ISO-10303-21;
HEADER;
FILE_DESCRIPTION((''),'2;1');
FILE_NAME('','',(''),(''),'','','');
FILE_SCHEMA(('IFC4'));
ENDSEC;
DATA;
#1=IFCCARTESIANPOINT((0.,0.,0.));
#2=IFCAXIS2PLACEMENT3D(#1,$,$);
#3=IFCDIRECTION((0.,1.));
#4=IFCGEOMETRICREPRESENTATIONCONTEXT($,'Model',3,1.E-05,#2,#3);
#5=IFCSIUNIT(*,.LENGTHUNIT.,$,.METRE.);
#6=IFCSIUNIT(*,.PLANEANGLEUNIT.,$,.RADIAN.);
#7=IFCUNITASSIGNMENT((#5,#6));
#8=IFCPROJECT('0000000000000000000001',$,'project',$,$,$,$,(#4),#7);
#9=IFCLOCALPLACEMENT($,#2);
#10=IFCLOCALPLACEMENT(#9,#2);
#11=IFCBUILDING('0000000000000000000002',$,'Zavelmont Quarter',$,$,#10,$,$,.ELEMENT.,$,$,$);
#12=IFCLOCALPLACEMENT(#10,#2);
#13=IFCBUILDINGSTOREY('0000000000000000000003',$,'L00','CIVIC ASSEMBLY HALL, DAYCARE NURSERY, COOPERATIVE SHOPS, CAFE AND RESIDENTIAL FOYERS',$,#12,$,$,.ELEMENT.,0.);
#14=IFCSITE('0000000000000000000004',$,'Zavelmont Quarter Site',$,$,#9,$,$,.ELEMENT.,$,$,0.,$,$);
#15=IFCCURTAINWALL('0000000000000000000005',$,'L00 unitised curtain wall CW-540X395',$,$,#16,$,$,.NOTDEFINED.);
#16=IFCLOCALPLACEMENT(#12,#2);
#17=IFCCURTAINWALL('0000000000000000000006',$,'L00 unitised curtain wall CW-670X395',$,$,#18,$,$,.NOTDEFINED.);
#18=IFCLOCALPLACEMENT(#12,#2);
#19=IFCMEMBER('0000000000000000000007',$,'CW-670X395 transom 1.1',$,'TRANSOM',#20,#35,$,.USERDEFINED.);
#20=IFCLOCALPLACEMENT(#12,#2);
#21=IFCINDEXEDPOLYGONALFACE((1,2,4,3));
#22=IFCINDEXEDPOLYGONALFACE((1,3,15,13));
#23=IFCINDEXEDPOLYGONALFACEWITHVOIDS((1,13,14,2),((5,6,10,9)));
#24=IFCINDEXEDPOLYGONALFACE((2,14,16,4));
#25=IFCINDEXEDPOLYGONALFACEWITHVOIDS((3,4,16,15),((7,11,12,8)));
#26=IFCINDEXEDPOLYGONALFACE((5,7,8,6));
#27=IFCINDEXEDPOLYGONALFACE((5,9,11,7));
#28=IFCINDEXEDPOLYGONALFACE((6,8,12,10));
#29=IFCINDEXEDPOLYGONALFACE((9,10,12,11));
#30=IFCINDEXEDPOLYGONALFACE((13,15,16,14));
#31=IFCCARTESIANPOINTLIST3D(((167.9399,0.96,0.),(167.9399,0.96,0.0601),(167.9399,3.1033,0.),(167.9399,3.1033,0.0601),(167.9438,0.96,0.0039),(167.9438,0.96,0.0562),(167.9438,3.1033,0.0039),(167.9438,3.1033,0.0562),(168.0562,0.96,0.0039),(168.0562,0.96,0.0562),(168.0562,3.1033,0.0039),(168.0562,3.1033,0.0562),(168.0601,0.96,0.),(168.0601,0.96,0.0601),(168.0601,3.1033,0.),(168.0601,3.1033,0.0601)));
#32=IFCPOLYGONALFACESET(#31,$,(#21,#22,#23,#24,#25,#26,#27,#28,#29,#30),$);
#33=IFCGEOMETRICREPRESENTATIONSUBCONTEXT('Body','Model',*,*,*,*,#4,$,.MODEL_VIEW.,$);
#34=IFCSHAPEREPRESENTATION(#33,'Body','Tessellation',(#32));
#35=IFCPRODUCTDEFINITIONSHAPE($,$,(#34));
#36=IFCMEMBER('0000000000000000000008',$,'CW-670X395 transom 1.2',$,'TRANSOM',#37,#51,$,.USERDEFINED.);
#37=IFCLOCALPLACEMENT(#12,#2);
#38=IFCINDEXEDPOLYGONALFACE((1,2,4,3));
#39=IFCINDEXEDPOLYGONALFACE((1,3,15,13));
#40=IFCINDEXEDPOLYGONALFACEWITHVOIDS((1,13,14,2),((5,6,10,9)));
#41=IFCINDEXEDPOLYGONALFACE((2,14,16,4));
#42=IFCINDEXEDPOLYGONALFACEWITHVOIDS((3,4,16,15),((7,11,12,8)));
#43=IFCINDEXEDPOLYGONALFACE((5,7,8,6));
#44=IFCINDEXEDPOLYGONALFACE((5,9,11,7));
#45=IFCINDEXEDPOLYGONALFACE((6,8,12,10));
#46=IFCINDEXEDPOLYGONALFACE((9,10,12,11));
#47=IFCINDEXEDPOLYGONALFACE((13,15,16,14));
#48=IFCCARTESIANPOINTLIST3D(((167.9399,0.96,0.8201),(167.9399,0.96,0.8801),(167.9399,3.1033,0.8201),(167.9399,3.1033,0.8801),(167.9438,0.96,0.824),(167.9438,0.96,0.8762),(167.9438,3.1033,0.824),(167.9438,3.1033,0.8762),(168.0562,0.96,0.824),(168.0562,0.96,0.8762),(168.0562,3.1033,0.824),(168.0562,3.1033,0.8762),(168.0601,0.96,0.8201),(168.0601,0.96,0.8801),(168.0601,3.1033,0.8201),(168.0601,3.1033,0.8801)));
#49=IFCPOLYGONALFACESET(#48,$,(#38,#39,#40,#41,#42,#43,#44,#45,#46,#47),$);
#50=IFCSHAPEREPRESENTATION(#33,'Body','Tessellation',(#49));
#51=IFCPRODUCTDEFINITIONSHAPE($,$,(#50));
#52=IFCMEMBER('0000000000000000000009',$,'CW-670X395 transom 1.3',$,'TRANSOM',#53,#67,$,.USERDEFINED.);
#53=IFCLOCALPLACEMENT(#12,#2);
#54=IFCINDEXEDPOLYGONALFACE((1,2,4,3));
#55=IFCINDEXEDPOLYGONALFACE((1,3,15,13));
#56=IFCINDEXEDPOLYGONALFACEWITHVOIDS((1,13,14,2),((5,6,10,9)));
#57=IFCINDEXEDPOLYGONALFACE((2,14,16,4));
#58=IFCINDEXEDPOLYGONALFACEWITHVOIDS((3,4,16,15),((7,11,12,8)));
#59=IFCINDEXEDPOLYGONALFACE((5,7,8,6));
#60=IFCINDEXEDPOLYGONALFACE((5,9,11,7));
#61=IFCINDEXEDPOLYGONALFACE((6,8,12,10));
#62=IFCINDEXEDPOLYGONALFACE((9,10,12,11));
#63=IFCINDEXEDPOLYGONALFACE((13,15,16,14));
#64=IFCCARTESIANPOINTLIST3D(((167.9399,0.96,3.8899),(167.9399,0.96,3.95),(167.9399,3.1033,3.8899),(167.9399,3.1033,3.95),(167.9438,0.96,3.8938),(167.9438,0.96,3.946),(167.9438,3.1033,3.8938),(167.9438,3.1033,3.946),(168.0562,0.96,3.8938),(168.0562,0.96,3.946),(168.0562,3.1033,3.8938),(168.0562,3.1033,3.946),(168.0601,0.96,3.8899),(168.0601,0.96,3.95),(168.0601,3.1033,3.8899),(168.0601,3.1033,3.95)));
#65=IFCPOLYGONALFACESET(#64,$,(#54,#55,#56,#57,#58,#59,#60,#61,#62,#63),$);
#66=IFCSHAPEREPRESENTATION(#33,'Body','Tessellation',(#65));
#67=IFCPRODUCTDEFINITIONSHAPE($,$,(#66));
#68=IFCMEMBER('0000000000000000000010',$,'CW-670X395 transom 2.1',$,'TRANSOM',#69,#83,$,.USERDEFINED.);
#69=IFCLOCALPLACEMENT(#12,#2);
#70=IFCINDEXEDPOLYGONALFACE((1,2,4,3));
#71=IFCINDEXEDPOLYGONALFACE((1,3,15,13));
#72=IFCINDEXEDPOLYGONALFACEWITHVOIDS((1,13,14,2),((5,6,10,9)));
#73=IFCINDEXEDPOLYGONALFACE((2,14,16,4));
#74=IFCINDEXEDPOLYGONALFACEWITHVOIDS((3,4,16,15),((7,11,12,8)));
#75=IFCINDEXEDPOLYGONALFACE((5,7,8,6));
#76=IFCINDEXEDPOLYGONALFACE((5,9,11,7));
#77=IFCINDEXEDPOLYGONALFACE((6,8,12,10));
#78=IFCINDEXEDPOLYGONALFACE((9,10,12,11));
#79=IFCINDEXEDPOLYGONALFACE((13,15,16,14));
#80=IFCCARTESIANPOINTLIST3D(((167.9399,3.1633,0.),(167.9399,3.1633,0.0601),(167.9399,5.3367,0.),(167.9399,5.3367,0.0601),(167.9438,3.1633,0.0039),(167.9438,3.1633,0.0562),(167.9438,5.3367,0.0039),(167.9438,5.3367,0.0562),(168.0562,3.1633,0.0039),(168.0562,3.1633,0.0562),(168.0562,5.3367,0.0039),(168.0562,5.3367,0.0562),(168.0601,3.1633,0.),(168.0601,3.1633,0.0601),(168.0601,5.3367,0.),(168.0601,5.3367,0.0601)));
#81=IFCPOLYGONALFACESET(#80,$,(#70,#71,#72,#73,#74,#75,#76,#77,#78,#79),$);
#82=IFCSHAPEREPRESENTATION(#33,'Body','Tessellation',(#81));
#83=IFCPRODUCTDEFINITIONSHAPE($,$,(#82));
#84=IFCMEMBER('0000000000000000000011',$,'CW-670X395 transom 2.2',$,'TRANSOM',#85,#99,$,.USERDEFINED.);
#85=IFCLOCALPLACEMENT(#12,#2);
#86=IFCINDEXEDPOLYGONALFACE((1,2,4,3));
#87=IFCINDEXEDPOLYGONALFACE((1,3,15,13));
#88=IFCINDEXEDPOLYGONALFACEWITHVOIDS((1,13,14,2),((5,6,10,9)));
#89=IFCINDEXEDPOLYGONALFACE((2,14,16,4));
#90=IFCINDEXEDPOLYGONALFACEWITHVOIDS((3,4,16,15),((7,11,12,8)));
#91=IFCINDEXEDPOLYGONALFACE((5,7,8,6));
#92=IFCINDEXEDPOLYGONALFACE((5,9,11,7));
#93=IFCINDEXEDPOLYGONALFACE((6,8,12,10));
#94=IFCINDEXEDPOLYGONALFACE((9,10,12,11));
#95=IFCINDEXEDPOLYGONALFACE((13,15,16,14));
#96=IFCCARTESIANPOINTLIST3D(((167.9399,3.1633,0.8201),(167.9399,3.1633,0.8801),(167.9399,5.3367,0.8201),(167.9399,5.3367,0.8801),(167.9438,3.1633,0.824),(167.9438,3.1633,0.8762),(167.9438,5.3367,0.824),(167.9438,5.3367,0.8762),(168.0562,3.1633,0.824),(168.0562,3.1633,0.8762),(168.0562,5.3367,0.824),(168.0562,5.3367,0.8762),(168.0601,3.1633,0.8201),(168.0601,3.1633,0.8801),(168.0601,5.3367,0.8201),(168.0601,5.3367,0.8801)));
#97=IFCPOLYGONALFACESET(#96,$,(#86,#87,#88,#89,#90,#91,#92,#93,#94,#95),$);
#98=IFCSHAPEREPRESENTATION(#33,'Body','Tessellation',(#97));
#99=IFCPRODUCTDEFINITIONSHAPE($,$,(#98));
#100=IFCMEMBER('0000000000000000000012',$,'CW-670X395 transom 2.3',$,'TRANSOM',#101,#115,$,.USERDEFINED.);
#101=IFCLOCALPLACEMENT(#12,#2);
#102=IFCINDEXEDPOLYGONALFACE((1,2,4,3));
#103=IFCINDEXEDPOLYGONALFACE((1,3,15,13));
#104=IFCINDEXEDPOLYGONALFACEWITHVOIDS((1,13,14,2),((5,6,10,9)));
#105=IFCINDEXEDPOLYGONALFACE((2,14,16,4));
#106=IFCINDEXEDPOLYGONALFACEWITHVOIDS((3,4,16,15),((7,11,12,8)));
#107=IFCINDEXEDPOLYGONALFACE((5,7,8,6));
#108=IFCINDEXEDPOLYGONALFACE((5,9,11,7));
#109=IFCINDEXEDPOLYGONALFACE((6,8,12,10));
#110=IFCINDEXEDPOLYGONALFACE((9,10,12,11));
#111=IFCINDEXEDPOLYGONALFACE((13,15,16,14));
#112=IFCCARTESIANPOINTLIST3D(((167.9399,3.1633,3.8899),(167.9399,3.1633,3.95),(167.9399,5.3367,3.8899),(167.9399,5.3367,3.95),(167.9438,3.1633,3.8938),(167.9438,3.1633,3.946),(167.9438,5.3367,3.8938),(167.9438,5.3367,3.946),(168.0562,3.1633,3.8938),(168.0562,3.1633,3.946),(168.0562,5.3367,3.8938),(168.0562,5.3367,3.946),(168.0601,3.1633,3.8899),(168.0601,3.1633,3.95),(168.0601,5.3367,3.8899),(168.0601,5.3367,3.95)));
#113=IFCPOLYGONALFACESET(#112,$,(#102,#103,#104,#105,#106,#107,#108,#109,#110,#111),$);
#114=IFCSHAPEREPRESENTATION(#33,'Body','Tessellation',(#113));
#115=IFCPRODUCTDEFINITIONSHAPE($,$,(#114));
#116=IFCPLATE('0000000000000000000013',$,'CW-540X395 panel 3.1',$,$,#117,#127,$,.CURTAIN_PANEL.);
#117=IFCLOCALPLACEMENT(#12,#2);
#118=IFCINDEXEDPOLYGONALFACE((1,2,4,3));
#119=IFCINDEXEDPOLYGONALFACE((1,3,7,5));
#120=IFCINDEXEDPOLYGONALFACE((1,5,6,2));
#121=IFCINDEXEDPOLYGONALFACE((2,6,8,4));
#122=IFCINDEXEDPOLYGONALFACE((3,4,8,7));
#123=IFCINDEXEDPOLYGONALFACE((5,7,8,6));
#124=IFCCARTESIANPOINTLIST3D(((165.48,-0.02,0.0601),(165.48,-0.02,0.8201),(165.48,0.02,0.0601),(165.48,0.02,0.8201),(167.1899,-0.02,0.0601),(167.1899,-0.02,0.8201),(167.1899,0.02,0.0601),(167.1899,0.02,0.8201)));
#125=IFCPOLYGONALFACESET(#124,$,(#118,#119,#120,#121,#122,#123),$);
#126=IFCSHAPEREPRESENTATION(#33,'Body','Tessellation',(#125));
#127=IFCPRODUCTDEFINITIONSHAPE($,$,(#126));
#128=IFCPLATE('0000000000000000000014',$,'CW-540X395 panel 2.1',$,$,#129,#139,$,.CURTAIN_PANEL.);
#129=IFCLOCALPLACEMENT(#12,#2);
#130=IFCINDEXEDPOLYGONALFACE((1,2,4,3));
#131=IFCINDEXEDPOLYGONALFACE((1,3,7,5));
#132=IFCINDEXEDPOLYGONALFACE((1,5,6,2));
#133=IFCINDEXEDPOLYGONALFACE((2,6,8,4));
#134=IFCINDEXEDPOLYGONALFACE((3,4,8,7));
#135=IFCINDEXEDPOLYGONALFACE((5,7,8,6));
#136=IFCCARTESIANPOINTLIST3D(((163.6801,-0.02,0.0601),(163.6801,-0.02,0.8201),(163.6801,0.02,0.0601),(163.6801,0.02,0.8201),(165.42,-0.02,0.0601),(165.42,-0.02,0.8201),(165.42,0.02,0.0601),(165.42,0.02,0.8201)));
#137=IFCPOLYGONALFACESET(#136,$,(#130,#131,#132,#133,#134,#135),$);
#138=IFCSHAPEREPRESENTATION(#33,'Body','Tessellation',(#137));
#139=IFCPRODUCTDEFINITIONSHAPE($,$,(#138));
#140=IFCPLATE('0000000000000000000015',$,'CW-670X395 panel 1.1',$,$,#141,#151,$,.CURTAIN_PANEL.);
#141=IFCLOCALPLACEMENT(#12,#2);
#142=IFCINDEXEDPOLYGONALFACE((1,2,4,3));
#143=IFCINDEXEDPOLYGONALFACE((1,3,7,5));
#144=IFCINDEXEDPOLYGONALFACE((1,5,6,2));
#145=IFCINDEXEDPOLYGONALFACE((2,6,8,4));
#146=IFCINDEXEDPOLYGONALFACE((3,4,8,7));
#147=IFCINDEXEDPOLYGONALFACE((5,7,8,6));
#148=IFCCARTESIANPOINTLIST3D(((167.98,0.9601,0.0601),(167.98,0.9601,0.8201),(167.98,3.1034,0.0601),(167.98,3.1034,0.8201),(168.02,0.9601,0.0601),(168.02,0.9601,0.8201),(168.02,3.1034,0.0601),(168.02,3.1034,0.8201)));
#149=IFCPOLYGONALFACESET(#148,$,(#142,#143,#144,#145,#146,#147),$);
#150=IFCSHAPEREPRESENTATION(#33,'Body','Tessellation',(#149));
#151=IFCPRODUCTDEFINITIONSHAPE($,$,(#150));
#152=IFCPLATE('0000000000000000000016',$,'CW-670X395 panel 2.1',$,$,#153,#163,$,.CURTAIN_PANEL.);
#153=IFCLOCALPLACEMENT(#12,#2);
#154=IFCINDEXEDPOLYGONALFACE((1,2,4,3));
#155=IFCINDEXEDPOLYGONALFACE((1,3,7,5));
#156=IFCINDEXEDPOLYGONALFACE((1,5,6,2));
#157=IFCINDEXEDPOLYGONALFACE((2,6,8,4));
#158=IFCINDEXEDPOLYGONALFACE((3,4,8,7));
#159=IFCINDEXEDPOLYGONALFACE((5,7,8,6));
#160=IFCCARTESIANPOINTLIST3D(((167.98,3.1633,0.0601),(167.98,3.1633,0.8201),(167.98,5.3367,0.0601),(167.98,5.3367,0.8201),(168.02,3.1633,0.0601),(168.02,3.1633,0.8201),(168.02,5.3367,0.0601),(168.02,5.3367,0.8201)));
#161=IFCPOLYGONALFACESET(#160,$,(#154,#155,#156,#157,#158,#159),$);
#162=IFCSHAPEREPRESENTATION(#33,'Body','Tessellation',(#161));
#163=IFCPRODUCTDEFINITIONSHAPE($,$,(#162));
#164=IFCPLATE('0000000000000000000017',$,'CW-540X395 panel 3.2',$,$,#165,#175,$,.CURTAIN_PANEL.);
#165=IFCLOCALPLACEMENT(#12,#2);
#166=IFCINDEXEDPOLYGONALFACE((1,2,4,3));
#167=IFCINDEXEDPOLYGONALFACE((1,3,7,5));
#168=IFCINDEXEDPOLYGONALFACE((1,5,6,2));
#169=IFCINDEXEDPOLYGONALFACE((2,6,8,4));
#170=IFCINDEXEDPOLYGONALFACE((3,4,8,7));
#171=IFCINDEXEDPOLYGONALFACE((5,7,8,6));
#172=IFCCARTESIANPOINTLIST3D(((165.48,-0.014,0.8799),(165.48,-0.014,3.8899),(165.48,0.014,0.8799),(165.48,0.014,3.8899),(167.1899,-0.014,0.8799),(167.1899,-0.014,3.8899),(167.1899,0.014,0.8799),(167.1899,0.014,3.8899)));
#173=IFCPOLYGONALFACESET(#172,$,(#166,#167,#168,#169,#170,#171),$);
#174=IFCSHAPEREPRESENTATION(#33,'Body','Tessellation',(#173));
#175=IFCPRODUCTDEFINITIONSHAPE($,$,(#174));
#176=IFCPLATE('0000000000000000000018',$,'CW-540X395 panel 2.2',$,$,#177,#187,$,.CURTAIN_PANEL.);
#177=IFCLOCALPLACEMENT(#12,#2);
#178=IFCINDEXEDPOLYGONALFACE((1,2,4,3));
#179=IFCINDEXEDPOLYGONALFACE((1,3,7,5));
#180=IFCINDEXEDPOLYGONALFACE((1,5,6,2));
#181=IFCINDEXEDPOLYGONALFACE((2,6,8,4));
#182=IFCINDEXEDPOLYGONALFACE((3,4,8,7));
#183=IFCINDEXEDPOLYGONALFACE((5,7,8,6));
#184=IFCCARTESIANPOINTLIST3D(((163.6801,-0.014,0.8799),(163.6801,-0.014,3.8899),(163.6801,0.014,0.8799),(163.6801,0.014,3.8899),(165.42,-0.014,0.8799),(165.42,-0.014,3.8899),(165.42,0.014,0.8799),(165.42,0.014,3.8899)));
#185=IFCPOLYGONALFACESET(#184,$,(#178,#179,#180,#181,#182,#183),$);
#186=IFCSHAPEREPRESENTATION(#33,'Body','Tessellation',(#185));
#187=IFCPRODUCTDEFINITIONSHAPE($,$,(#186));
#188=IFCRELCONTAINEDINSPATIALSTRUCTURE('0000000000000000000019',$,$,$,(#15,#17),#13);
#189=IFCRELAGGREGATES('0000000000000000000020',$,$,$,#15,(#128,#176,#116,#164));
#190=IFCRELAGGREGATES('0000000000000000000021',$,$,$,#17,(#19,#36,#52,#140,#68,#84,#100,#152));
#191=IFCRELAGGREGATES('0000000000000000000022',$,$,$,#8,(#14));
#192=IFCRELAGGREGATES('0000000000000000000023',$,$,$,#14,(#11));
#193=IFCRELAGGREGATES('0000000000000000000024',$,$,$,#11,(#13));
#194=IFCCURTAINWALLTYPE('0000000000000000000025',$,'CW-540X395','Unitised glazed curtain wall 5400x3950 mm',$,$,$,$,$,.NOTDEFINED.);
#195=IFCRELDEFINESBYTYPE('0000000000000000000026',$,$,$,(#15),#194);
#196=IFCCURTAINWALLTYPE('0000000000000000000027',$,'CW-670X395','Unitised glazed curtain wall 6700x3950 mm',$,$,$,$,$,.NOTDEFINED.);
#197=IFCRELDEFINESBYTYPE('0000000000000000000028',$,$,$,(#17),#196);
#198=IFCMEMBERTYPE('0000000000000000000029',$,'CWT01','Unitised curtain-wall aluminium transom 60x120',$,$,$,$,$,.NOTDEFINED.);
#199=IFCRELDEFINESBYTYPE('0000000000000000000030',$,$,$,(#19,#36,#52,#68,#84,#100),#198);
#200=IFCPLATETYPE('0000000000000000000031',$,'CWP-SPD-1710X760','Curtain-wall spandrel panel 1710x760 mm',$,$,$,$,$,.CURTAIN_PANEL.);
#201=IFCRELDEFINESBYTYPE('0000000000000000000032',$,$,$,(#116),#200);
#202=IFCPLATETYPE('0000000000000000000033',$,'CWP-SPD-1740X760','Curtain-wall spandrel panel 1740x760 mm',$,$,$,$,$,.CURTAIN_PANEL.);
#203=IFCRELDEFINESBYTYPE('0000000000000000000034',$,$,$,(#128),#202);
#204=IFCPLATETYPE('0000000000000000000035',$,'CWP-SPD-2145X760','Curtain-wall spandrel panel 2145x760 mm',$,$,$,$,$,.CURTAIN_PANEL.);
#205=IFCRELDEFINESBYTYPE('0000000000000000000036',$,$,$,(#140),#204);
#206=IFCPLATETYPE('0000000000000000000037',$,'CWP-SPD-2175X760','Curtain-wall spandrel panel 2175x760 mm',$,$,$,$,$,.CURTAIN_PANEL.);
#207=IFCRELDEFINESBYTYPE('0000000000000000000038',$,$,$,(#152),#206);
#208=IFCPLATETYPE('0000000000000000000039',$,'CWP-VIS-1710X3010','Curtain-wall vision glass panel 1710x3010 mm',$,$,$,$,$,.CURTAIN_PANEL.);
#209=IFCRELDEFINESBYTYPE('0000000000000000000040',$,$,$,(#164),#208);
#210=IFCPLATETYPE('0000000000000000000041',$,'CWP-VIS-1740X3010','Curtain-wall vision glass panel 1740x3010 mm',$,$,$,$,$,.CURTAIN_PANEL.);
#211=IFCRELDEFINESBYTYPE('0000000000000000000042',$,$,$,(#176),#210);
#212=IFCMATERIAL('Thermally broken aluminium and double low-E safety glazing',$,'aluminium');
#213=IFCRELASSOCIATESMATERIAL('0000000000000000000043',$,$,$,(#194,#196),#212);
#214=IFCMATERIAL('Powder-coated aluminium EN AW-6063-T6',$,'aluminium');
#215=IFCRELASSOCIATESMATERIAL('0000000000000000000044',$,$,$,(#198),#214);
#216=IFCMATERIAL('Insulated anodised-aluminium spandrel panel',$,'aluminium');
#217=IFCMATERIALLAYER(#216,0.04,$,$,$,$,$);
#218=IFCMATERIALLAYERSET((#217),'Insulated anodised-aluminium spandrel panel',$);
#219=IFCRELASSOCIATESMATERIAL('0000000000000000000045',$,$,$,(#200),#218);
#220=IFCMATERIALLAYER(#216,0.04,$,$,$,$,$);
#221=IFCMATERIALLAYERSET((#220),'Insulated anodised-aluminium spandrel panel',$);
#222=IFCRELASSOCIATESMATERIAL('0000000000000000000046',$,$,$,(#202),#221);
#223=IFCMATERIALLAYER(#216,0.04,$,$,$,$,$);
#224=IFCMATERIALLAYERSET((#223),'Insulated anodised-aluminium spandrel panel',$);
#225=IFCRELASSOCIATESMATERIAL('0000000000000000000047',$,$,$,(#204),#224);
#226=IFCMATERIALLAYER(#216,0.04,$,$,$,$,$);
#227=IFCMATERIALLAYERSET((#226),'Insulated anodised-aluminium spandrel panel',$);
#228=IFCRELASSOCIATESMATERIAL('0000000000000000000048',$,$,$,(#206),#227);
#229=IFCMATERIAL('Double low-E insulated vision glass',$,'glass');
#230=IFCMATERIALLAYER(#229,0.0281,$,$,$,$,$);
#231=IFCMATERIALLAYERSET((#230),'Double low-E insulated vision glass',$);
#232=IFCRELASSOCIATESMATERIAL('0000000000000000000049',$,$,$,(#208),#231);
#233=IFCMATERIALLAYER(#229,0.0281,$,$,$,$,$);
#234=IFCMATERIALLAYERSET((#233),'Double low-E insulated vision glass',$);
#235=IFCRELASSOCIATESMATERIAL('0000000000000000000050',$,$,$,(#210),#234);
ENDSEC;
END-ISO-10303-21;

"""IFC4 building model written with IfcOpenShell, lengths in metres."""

from ifc_helpers import new_model, si_unit, direction, frame, origin, origin_2d, place, context, subcontext, project, spatial, rectangle, hollow_rectangle, extrude, material, layer, layer_set, material_profile, profile_set, type_object, element, aggregate, save


model = new_model("IFC4")

# Units and contexts
model_context = context("Model", 3, precision=1e-05, world=origin(), true_north=direction((0.0, 1.0)))
body_context = subcontext(model_context, "Body", "Model", "MODEL_VIEW")
ifc_project = project(units=[si_unit("LENGTHUNIT", "METRE"), si_unit("PLANEANGLEUNIT", "RADIAN")], contexts=[model_context])

# Site, building, storey
site_placement = place(None, origin())
site = spatial("IfcSite", under=ifc_project, at=site_placement, Name="Zavelmont Quarter Site", CompositionType="ELEMENT", RefElevation=0.0)
building_placement = place(site_placement, origin())
building = spatial("IfcBuilding", under=site, at=building_placement, Name="Zavelmont Quarter", CompositionType="ELEMENT")
storey_placement = place(building_placement, origin())
storey = spatial("IfcBuildingStorey", under=building, at=storey_placement, Name="L00", Description="CIVIC ASSEMBLY HALL, DAYCARE NURSERY, COOPERATIVE SHOPS, CAFE AND RESIDENTIAL FOYERS", CompositionType="ELEMENT", Elevation=0.0)

# Curtain walls
ifc_material_1 = material(Name="Thermally broken aluminium and double low-E safety glazing", Category="aluminium")
curtain_wall_type_1 = type_object("IfcCurtainWallType", Name="CW-540X395", Description="Unitised glazed curtain wall 5400x3950 mm", PredefinedType="NOTDEFINED", material=ifc_material_1)
curtain_wall_1_placement = place(storey_placement, origin())
curtain_wall_1 = element("IfcCurtainWall", 1, at=curtain_wall_1_placement, inside=storey, type_object=curtain_wall_type_1, Name="L00 unitised curtain wall CW-540X395", PredefinedType="NOTDEFINED")
ifc_material_2 = material(Name="Powder-coated aluminium EN AW-6063-T6", Category="aluminium")
curtain_wall_type_2 = type_object("IfcCurtainWallType", Name="CW-670X395", Description="Unitised glazed curtain wall 6700x3950 mm", PredefinedType="NOTDEFINED", material=ifc_material_1)
curtain_wall_2_placement = place(storey_placement, origin())
curtain_wall_2 = element("IfcCurtainWall", 2, at=curtain_wall_2_placement, inside=storey, type_object=curtain_wall_type_2, Name="L00 unitised curtain wall CW-670X395", PredefinedType="NOTDEFINED")

# Members
ifc_material_profile_1 = material_profile(ifc_material_2, hollow_rectangle(XDim=0.1201, YDim=0.0601, WallThickness=0.0039, at=origin_2d()), Name="CWT60X120")
ifc_profile_set_1 = profile_set([ifc_material_profile_1], Name="Powder-coated aluminium EN AW-6063-T6")
member_type_1 = type_object("IfcMemberType", Name="CWT01", Description="Unitised curtain-wall aluminium transom 60x120", PredefinedType="NOTDEFINED", material=ifc_profile_set_1)
member_1_placement = place(storey_placement, frame((168.0, 0.96, 0.03), z_axis=(0.0, 1.0, 0.0), x_axis=(-1.0, 0.0, 0.0)))
member_1 = element("IfcMember", 3, at=member_1_placement, type_object=member_type_1, Name="CW-670X395 transom 1.1", ObjectType="TRANSOM", PredefinedType="USERDEFINED", context=body_context, shape_type="SweptSolid", body=[
    extrude(hollow_rectangle(XDim=0.1201, YDim=0.0601, WallThickness=0.0039, at=origin_2d()), origin(), (0.0, 0.0, 1.0), 2.1433),
])
member_2_placement = place(storey_placement, frame((168.0, 0.96, 0.8501), z_axis=(0.0, 1.0, 0.0), x_axis=(-1.0, 0.0, 0.0)))
member_2 = element("IfcMember", 4, at=member_2_placement, type_object=member_type_1, Name="CW-670X395 transom 1.2", ObjectType="TRANSOM", PredefinedType="USERDEFINED", context=body_context, shape_type="SweptSolid", body=[
    extrude(hollow_rectangle(XDim=0.1201, YDim=0.0601, WallThickness=0.0039, at=origin_2d()), origin(), (0.0, 0.0, 1.0), 2.1433),
])
member_3_placement = place(storey_placement, frame((168.0, 0.96, 3.9199), z_axis=(0.0, 1.0, 0.0), x_axis=(-1.0, 0.0, 0.0)))
member_3 = element("IfcMember", 5, at=member_3_placement, type_object=member_type_1, Name="CW-670X395 transom 1.3", ObjectType="TRANSOM", PredefinedType="USERDEFINED", context=body_context, shape_type="SweptSolid", body=[
    extrude(hollow_rectangle(XDim=0.1201, YDim=0.0601, WallThickness=0.0039, at=origin_2d()), origin(), (0.0, 0.0, 1.0), 2.1433),
])
member_4_placement = place(storey_placement, frame((168.0, 3.1633, 0.03), z_axis=(0.0, 1.0, 0.0), x_axis=(-1.0, 0.0, 0.0)))
member_4 = element("IfcMember", 6, at=member_4_placement, type_object=member_type_1, Name="CW-670X395 transom 2.1", ObjectType="TRANSOM", PredefinedType="USERDEFINED", context=body_context, shape_type="SweptSolid", body=[
    extrude(hollow_rectangle(XDim=0.1201, YDim=0.0601, WallThickness=0.0039, at=origin_2d()), origin(), (0.0, 0.0, 1.0), 2.1733),
])
member_5_placement = place(storey_placement, frame((168.0, 3.1633, 0.8501), z_axis=(0.0, 1.0, 0.0), x_axis=(-1.0, 0.0, 0.0)))
member_5 = element("IfcMember", 7, at=member_5_placement, type_object=member_type_1, Name="CW-670X395 transom 2.2", ObjectType="TRANSOM", PredefinedType="USERDEFINED", context=body_context, shape_type="SweptSolid", body=[
    extrude(hollow_rectangle(XDim=0.1201, YDim=0.0601, WallThickness=0.0039, at=origin_2d()), origin(), (0.0, 0.0, 1.0), 2.1733),
])
member_6_placement = place(storey_placement, frame((168.0, 3.1633, 3.9199), z_axis=(0.0, 1.0, 0.0), x_axis=(-1.0, 0.0, 0.0)))
member_6 = element("IfcMember", 8, at=member_6_placement, type_object=member_type_1, Name="CW-670X395 transom 2.3", ObjectType="TRANSOM", PredefinedType="USERDEFINED", context=body_context, shape_type="SweptSolid", body=[
    extrude(hollow_rectangle(XDim=0.1201, YDim=0.0601, WallThickness=0.0039, at=origin_2d()), origin(), (0.0, 0.0, 1.0), 2.1733),
])

# Plates
ifc_material_3 = material(Name="Insulated anodised-aluminium spandrel panel", Category="aluminium")
ifc_layer_1 = layer(ifc_material_3, 0.04)
ifc_layer_set_1 = layer_set([ifc_layer_1], Name="Insulated anodised-aluminium spandrel panel")
plate_type_1 = type_object("IfcPlateType", Name="CWP-SPD-1710X760", Description="Curtain-wall spandrel panel 1710x760 mm", PredefinedType="CURTAIN_PANEL", material=ifc_layer_set_1)
plate_1_placement = place(storey_placement, frame((166.335, 0.0, 0.0601), z_axis=(0.0, 0.0, 1.0), x_axis=(1.0, 0.0, 0.0)))
plate_1 = element("IfcPlate", 9, at=plate_1_placement, type_object=plate_type_1, Name="CW-540X395 panel 3.1", PredefinedType="CURTAIN_PANEL", context=body_context, shape_type="SweptSolid", body=[
    extrude(rectangle(XDim=1.71, YDim=0.04, at=origin_2d()), origin(), (0.0, 0.0, 1.0), 0.76),
])
ifc_layer_2 = layer(ifc_material_3, 0.04)
ifc_layer_set_2 = layer_set([ifc_layer_2], Name="Insulated anodised-aluminium spandrel panel")
plate_type_2 = type_object("IfcPlateType", Name="CWP-SPD-1740X760", Description="Curtain-wall spandrel panel 1740x760 mm", PredefinedType="CURTAIN_PANEL", material=ifc_layer_set_2)
plate_2_placement = place(storey_placement, frame((164.55, 0.0, 0.0601), z_axis=(0.0, 0.0, 1.0), x_axis=(1.0, 0.0, 0.0)))
plate_2 = element("IfcPlate", 10, at=plate_2_placement, type_object=plate_type_2, Name="CW-540X395 panel 2.1", PredefinedType="CURTAIN_PANEL", context=body_context, shape_type="SweptSolid", body=[
    extrude(rectangle(XDim=1.74, YDim=0.04, at=origin_2d()), origin(), (0.0, 0.0, 1.0), 0.76),
])
ifc_layer_3 = layer(ifc_material_3, 0.04)
ifc_layer_set_3 = layer_set([ifc_layer_3], Name="Insulated anodised-aluminium spandrel panel")
plate_type_3 = type_object("IfcPlateType", Name="CWP-SPD-2145X760", Description="Curtain-wall spandrel panel 2145x760 mm", PredefinedType="CURTAIN_PANEL", material=ifc_layer_set_3)
plate_3_placement = place(storey_placement, frame((168.0, 2.0317, 0.0601), z_axis=(0.0, 0.0, 1.0), x_axis=(0.0, 1.0, 0.0)))
plate_3 = element("IfcPlate", 11, at=plate_3_placement, type_object=plate_type_3, Name="CW-670X395 panel 1.1", PredefinedType="CURTAIN_PANEL", context=body_context, shape_type="SweptSolid", body=[
    extrude(rectangle(XDim=2.1433, YDim=0.04, at=origin_2d()), origin(), (0.0, 0.0, 1.0), 0.76),
])
ifc_layer_4 = layer(ifc_material_3, 0.04)
ifc_layer_set_4 = layer_set([ifc_layer_4], Name="Insulated anodised-aluminium spandrel panel")
plate_type_4 = type_object("IfcPlateType", Name="CWP-SPD-2175X760", Description="Curtain-wall spandrel panel 2175x760 mm", PredefinedType="CURTAIN_PANEL", material=ifc_layer_set_4)
plate_4_placement = place(storey_placement, frame((168.0, 4.25, 0.0601), z_axis=(0.0, 0.0, 1.0), x_axis=(0.0, 1.0, 0.0)))
plate_4 = element("IfcPlate", 12, at=plate_4_placement, type_object=plate_type_4, Name="CW-670X395 panel 2.1", PredefinedType="CURTAIN_PANEL", context=body_context, shape_type="SweptSolid", body=[
    extrude(rectangle(XDim=2.1733, YDim=0.04, at=origin_2d()), origin(), (0.0, 0.0, 1.0), 0.76),
])
ifc_material_4 = material(Name="Double low-E insulated vision glass", Category="glass")
ifc_layer_5 = layer(ifc_material_4, 0.0281)
ifc_layer_set_5 = layer_set([ifc_layer_5], Name="Double low-E insulated vision glass")
plate_type_5 = type_object("IfcPlateType", Name="CWP-VIS-1710X3010", Description="Curtain-wall vision glass panel 1710x3010 mm", PredefinedType="CURTAIN_PANEL", material=ifc_layer_set_5)
plate_5_placement = place(storey_placement, frame((166.335, 0.0, 0.8799), z_axis=(0.0, 0.0, 1.0), x_axis=(1.0, 0.0, 0.0)))
plate_5 = element("IfcPlate", 13, at=plate_5_placement, type_object=plate_type_5, Name="CW-540X395 panel 3.2", PredefinedType="CURTAIN_PANEL", context=body_context, shape_type="SweptSolid", body=[
    extrude(rectangle(XDim=1.71, YDim=0.0281, at=origin_2d()), origin(), (0.0, 0.0, 1.0), 3.01),
])
ifc_layer_6 = layer(ifc_material_4, 0.0281)
ifc_layer_set_6 = layer_set([ifc_layer_6], Name="Double low-E insulated vision glass")
plate_type_6 = type_object("IfcPlateType", Name="CWP-VIS-1740X3010", Description="Curtain-wall vision glass panel 1740x3010 mm", PredefinedType="CURTAIN_PANEL", material=ifc_layer_set_6)
plate_6_placement = place(storey_placement, frame((164.55, 0.0, 0.8799), z_axis=(0.0, 0.0, 1.0), x_axis=(1.0, 0.0, 0.0)))
plate_6 = element("IfcPlate", 14, at=plate_6_placement, type_object=plate_type_6, Name="CW-540X395 panel 2.2", PredefinedType="CURTAIN_PANEL", context=body_context, shape_type="SweptSolid", body=[
    extrude(rectangle(XDim=1.74, YDim=0.0281, at=origin_2d()), origin(), (0.0, 0.0, 1.0), 3.01),
])
aggregate(curtain_wall_1, [plate_2, plate_6, plate_1, plate_5])
aggregate(curtain_wall_2, [member_1, member_2, member_3, plate_3, member_4, member_5, member_6, plate_4])

save(model, "model.ifc")
